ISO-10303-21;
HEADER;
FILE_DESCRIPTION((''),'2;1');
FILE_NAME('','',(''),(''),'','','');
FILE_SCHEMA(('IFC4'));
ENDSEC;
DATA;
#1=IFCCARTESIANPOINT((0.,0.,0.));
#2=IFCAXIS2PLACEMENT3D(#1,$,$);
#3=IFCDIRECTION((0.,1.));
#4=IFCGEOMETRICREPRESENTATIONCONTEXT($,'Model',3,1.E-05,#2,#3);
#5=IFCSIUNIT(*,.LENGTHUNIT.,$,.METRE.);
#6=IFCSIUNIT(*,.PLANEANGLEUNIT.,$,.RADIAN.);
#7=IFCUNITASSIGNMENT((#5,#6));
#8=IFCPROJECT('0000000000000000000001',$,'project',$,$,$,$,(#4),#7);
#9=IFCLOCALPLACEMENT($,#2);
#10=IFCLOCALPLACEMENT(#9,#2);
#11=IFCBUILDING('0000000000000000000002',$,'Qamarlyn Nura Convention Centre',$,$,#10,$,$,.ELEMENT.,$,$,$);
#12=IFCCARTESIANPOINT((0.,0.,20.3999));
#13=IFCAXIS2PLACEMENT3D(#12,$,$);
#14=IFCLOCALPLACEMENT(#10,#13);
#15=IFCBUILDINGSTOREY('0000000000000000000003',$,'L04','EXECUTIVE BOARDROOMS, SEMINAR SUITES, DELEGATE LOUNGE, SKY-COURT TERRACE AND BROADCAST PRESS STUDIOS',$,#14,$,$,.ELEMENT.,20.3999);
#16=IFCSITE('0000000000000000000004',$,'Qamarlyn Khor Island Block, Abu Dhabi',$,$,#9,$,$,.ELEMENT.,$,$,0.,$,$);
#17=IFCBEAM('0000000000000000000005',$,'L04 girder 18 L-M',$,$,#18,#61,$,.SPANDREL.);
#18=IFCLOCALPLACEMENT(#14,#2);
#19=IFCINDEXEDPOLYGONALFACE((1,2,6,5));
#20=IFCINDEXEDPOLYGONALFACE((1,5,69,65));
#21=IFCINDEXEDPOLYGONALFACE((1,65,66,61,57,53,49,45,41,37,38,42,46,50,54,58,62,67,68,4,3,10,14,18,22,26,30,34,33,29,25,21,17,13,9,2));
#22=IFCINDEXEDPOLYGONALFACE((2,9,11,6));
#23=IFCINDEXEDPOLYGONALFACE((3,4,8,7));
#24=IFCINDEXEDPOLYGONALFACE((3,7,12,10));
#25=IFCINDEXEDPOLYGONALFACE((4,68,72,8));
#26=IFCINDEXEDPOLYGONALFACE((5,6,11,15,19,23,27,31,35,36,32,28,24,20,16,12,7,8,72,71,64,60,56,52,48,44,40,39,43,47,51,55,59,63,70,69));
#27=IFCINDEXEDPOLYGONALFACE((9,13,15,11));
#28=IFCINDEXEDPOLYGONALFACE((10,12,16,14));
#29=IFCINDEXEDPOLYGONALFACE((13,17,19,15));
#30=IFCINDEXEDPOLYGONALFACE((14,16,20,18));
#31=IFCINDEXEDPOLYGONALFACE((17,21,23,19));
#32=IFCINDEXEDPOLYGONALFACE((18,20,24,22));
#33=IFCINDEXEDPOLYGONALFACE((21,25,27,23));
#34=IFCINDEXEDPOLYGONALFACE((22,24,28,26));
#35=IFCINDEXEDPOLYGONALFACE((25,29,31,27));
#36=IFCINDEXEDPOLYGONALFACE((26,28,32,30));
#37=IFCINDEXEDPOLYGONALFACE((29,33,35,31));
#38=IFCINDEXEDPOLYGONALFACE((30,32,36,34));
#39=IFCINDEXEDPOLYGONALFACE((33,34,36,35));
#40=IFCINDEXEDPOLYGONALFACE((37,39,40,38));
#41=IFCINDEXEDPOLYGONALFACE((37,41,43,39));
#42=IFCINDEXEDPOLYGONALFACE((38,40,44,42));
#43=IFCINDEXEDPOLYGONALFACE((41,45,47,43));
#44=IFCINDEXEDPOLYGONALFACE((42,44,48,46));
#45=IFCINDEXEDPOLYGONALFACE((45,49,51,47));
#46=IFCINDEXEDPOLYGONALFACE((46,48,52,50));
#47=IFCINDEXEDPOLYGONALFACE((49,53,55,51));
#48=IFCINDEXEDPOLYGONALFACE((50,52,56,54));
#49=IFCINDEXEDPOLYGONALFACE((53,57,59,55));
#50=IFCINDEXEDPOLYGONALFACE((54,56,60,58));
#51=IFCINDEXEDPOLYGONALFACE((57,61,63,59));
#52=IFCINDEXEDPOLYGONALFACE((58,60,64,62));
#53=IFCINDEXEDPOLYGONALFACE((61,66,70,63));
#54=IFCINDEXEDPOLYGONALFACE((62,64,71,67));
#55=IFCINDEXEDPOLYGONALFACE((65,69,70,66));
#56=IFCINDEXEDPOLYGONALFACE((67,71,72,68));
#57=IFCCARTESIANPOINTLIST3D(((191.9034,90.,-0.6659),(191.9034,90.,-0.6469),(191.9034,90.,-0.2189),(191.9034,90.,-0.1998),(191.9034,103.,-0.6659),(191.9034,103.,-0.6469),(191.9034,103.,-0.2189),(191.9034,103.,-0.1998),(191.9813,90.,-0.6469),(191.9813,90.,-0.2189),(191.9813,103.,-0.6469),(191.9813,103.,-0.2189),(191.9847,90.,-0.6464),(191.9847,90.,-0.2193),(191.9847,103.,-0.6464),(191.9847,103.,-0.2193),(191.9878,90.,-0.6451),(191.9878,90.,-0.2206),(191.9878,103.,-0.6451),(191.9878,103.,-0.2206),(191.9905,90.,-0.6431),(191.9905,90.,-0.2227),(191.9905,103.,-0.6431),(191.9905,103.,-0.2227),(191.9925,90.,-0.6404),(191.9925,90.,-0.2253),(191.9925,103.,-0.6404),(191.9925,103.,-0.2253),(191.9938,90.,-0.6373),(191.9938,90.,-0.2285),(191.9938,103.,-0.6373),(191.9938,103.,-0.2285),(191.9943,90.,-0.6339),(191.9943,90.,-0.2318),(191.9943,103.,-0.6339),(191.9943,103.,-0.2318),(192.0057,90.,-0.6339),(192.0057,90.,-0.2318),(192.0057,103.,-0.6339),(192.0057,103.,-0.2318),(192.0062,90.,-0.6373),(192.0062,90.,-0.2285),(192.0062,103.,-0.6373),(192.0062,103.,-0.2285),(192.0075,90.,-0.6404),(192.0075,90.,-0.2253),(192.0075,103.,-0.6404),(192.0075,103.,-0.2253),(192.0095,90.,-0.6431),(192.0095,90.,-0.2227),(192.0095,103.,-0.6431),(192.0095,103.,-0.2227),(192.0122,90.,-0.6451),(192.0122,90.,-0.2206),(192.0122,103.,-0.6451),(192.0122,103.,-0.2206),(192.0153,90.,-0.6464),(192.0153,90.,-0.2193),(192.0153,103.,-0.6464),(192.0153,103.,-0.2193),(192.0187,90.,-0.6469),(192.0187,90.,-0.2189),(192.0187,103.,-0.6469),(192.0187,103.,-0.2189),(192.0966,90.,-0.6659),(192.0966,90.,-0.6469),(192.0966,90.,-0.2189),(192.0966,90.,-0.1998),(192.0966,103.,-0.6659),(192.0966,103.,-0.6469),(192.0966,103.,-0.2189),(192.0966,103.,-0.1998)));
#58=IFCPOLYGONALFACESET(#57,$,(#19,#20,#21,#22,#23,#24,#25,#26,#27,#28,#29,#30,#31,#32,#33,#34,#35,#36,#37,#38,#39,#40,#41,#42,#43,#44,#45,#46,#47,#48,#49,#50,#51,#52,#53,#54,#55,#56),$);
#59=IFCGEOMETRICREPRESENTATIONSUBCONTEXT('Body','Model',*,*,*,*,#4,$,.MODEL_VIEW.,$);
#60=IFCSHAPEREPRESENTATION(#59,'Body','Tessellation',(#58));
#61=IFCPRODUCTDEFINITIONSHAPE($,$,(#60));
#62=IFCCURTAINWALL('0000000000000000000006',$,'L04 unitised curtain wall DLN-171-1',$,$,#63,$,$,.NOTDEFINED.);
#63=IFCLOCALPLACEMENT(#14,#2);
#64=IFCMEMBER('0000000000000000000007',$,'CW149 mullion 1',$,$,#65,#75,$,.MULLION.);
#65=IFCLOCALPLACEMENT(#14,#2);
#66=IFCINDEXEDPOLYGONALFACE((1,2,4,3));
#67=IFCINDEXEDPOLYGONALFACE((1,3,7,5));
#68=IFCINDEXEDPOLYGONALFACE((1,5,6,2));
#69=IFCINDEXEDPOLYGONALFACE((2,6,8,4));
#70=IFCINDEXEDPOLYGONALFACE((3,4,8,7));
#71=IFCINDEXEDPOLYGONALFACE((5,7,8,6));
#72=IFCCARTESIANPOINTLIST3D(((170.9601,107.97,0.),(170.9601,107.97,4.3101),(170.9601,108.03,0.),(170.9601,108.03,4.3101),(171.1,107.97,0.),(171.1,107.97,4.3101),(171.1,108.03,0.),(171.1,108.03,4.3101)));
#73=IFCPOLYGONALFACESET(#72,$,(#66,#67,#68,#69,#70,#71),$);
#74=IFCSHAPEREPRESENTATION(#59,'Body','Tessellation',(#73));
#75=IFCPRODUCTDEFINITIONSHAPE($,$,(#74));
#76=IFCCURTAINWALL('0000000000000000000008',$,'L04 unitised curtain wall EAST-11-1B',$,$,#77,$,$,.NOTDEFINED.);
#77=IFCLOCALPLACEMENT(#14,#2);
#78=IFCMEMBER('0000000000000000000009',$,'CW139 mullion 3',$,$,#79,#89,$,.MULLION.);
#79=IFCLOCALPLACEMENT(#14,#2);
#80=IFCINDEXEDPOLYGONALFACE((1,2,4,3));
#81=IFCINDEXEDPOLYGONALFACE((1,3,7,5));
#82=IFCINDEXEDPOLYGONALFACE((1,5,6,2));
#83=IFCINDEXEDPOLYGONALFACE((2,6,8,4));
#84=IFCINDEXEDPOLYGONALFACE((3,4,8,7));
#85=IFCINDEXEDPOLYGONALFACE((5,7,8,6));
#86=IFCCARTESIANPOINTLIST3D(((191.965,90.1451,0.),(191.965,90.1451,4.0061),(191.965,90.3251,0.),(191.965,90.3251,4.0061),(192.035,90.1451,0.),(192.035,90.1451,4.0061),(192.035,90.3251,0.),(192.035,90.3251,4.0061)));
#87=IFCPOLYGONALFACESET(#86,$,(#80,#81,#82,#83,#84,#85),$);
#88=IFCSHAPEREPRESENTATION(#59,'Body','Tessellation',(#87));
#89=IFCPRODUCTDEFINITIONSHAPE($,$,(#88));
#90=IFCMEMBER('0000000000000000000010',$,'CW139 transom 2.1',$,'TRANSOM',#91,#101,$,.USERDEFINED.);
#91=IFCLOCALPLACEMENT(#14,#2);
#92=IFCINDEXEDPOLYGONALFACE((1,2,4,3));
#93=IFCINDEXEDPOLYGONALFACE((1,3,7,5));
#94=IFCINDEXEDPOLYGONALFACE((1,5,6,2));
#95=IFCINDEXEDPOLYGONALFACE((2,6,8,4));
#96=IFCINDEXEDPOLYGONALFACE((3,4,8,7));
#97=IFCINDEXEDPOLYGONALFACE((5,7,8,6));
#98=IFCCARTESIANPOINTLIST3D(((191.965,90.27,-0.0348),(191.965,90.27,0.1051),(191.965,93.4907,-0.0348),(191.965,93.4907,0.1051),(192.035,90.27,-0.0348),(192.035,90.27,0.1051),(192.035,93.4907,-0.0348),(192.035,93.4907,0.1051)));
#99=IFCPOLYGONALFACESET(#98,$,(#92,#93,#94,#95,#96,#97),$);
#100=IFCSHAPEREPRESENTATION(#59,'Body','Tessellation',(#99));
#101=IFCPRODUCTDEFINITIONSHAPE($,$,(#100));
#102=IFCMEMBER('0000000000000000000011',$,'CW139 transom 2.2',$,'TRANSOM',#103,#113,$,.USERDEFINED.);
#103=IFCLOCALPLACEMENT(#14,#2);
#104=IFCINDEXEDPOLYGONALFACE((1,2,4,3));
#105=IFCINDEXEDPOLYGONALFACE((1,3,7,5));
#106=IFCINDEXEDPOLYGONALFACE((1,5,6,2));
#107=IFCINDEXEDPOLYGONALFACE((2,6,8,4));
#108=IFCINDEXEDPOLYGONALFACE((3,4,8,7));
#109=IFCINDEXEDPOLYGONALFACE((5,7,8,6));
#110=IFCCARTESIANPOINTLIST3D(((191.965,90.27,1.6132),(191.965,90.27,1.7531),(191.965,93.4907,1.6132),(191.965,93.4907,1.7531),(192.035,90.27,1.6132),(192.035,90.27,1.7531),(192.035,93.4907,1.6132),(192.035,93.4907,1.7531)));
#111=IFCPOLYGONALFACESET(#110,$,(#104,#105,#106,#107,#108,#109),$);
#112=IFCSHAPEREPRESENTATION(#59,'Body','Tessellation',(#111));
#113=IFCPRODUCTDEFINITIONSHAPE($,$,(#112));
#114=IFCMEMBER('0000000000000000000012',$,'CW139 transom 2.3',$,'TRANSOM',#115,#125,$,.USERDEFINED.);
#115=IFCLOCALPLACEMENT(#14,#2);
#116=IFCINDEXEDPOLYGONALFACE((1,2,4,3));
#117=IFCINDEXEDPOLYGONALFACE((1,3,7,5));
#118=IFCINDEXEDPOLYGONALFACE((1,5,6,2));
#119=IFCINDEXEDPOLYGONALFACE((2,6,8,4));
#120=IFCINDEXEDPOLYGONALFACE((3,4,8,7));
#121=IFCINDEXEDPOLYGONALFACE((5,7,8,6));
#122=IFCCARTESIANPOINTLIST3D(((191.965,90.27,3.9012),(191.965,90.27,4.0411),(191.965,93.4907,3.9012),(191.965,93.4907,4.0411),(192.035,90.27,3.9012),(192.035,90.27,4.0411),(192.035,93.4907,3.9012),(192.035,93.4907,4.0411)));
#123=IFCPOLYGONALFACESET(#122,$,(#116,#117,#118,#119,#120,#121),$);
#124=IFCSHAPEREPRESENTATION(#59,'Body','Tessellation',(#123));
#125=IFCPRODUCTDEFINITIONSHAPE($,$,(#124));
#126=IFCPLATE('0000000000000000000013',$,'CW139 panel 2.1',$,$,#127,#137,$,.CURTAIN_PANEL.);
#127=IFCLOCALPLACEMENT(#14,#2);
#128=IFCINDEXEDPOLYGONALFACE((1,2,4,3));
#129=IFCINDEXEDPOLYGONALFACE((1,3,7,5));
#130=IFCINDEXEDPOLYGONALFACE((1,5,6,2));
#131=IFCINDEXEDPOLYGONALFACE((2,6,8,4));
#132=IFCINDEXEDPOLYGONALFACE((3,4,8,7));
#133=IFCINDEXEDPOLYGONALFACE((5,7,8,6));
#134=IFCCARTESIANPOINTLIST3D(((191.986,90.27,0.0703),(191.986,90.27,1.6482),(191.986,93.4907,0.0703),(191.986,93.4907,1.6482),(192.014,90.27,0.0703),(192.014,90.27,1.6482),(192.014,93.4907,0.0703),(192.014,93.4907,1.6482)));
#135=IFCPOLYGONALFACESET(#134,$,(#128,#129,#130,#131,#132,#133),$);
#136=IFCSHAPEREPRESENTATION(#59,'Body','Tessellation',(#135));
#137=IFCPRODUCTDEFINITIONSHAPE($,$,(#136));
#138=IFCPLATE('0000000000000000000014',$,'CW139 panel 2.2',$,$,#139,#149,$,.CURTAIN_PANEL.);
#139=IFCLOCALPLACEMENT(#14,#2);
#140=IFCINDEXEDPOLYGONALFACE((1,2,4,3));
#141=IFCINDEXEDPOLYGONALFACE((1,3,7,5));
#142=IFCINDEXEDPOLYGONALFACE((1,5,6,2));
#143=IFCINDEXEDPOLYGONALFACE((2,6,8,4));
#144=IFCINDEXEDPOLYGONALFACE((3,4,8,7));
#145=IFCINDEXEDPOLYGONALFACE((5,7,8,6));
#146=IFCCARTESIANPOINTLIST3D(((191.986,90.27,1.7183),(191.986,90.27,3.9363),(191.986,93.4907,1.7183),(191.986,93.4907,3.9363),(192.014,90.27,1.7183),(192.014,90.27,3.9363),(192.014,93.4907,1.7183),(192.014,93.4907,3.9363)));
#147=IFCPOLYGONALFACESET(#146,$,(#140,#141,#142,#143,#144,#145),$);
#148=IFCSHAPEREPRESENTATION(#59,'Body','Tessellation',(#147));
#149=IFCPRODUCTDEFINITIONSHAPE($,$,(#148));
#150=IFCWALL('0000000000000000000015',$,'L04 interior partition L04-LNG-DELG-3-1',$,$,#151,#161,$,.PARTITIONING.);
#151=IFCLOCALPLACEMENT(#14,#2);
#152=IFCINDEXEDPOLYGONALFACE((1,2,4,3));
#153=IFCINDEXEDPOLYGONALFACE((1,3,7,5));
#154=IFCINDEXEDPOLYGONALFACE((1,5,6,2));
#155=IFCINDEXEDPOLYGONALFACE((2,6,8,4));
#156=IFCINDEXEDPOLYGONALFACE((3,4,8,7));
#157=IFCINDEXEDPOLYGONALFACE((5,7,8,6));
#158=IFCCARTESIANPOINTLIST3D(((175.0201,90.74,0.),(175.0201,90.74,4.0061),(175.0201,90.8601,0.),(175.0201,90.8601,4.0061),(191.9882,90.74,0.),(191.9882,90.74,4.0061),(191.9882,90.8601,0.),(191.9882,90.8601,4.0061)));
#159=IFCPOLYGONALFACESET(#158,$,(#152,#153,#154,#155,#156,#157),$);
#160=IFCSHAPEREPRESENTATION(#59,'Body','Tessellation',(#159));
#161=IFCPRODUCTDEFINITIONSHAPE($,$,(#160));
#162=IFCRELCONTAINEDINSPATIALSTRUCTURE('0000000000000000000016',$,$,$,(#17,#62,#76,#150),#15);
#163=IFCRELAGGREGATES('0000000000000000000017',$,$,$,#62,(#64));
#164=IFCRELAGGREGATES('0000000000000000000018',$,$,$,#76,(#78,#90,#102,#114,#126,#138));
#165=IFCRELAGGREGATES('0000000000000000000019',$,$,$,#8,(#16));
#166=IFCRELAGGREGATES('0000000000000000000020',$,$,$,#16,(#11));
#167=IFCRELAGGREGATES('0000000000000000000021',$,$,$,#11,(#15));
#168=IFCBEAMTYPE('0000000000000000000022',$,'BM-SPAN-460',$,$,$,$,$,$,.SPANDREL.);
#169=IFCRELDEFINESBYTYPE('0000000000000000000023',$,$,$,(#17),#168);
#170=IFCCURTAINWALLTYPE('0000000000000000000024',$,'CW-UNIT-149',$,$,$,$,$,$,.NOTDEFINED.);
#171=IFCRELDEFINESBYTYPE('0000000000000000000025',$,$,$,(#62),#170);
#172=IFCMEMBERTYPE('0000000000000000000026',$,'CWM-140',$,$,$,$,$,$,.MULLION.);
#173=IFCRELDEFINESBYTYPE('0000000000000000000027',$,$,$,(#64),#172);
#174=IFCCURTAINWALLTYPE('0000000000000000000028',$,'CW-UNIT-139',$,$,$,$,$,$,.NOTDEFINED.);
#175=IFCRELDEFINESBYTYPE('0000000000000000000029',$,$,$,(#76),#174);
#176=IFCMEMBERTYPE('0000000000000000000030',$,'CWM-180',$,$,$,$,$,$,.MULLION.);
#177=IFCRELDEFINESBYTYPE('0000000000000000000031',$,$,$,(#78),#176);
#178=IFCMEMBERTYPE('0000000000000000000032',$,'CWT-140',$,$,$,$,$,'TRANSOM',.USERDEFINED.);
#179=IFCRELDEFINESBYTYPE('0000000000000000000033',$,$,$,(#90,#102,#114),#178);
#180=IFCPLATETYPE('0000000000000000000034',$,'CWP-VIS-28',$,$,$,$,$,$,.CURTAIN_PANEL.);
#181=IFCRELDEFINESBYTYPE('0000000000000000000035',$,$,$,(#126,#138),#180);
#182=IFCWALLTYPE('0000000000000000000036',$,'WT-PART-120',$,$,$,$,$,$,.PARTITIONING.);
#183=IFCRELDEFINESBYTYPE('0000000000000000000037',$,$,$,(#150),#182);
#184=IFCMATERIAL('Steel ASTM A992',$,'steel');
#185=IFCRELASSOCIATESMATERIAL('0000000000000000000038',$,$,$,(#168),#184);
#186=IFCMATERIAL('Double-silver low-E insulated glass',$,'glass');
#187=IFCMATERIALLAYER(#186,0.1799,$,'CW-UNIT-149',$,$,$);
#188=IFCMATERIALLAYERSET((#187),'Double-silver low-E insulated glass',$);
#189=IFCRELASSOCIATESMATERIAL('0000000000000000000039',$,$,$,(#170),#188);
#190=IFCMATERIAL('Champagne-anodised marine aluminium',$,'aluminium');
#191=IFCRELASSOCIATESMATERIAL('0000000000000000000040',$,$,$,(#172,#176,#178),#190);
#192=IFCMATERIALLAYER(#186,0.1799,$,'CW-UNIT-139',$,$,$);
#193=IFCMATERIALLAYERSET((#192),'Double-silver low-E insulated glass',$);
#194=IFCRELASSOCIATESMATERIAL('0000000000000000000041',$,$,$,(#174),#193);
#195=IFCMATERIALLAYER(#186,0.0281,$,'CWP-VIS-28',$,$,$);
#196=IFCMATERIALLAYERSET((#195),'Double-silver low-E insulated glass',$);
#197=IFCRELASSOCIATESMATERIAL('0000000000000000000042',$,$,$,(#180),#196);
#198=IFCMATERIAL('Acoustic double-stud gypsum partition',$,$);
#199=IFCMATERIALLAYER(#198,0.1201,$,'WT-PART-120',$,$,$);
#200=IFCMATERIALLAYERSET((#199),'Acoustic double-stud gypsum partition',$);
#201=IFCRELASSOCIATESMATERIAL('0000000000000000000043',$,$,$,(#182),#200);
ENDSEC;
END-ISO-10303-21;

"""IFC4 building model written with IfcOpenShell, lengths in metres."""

from ifc_helpers import new_model, si_unit, direction, frame, frame_2d, origin, origin_2d, place, context, subcontext, project, spatial, rectangle, i_section, extrude, material, layer, layer_set, material_profile, profile_set, type_object, element, aggregate, save


model = new_model("IFC4")

# Units and contexts
model_context = context("Model", 3, precision=1e-05, world=origin(), true_north=direction((0.0, 1.0)))
body_context = subcontext(model_context, "Body", "Model", "MODEL_VIEW")
ifc_project = project(units=[si_unit("LENGTHUNIT", "METRE"), si_unit("PLANEANGLEUNIT", "RADIAN")], contexts=[model_context])

# Site, building, storey
site_placement = place(None, origin())
site = spatial("IfcSite", under=ifc_project, at=site_placement, Name="Qamarlyn Khor Island Block, Abu Dhabi", CompositionType="ELEMENT", RefElevation=0.0)
building_placement = place(site_placement, origin())
building = spatial("IfcBuilding", under=site, at=building_placement, Name="Qamarlyn Nura Convention Centre", CompositionType="ELEMENT")
storey_placement = place(building_placement, frame((0.0, 0.0, 20.3999)))
storey = spatial("IfcBuildingStorey", under=building, at=storey_placement, Name="L04", Description="EXECUTIVE BOARDROOMS, SEMINAR SUITES, DELEGATE LOUNGE, SKY-COURT TERRACE AND BROADCAST PRESS STUDIOS", CompositionType="ELEMENT", Elevation=20.3999)

# Shared definitions
ifc_material_1 = material(Name="Steel ASTM A992", Category="steel")

# Beam
ifc_material_profile_1 = material_profile(ifc_material_1, i_section(OverallWidth=0.1931, OverallDepth=0.4661, WebThickness=0.0115, FlangeThickness=0.019, FilletRadius=0.0129, at=origin_2d()), Name="W460X97")
ifc_profile_set_1 = profile_set([ifc_material_profile_1], Name="Steel ASTM A992")
beam_type_1 = type_object("IfcBeamType", Name="BM-SPAN-460", PredefinedType="SPANDREL", material=ifc_profile_set_1)
beam_1_placement = place(storey_placement, frame((192.0, 90.0, -0.4329), z_axis=(0.0, 1.0, 0.0), x_axis=(-1.0, 0.0, 0.0)))
element("IfcBeam", 1, at=beam_1_placement, inside=storey, type_object=beam_type_1, Name="L04 girder 18 L-M", PredefinedType="SPANDREL", context=body_context, shape_type="SweptSolid", body=[
    extrude(i_section(OverallWidth=0.1931, OverallDepth=0.4661, WebThickness=0.0115, FlangeThickness=0.019, FilletRadius=0.0129, at=origin_2d()), origin(), (0.0, 0.0, 1.0), 13.0),
])

# Curtain wall, member
ifc_material_2 = material(Name="Double-silver low-E insulated glass", Category="glass")
ifc_layer_1 = layer(ifc_material_2, 0.1799, Name="CW-UNIT-149")
ifc_layer_set_1 = layer_set([ifc_layer_1], Name="Double-silver low-E insulated glass")
curtain_wall_type_1 = type_object("IfcCurtainWallType", Name="CW-UNIT-149", PredefinedType="NOTDEFINED", material=ifc_layer_set_1)
curtain_wall_1_placement = place(storey_placement, origin())
curtain_wall_1 = element("IfcCurtainWall", 2, at=curtain_wall_1_placement, inside=storey, type_object=curtain_wall_type_1, Name="L04 unitised curtain wall DLN-171-1", PredefinedType="NOTDEFINED")
ifc_material_3 = material(Name="Champagne-anodised marine aluminium", Category="aluminium")
ifc_material_profile_2 = material_profile(ifc_material_3, rectangle(XDim=0.0601, YDim=0.1399, at=origin_2d()), Name="ALU MULLION 60x140")
ifc_profile_set_2 = profile_set([ifc_material_profile_2], Name="Champagne-anodised marine aluminium")
member_type_1 = type_object("IfcMemberType", Name="CWM-140", PredefinedType="MULLION", material=ifc_profile_set_2)
member_1_placement = place(storey_placement, frame((171.03, 108.0, 0.0), z_axis=(0.0, 0.0, 1.0), x_axis=(0.0, 1.0, 0.0)))
member_1 = element("IfcMember", 3, at=member_1_placement, type_object=member_type_1, Name="CW149 mullion 1", PredefinedType="MULLION", context=body_context, shape_type="SweptSolid", body=[
    extrude(rectangle(XDim=0.0601, YDim=0.1399, at=origin_2d()), origin(), (0.0, 0.0, 1.0), 4.3101),
])
aggregate(curtain_wall_1, [member_1])

# Curtain wall, members, plates
ifc_layer_2 = layer(ifc_material_2, 0.1799, Name="CW-UNIT-139")
ifc_layer_set_2 = layer_set([ifc_layer_2], Name="Double-silver low-E insulated glass")
curtain_wall_type_2 = type_object("IfcCurtainWallType", Name="CW-UNIT-139", PredefinedType="NOTDEFINED", material=ifc_layer_set_2)
curtain_wall_2_placement = place(storey_placement, origin())
curtain_wall_2 = element("IfcCurtainWall", 4, at=curtain_wall_2_placement, inside=storey, type_object=curtain_wall_type_2, Name="L04 unitised curtain wall EAST-11-1B", PredefinedType="NOTDEFINED")
ifc_material_profile_3 = material_profile(ifc_material_3, rectangle(XDim=0.0701, YDim=0.1799, at=origin_2d()), Name="ALU MULLION 70x180")
ifc_profile_set_3 = profile_set([ifc_material_profile_3], Name="Champagne-anodised marine aluminium")
member_type_2 = type_object("IfcMemberType", Name="CWM-180", PredefinedType="MULLION", material=ifc_profile_set_3)
member_2_placement = place(storey_placement, frame((192.0, 90.2351, 0.0), z_axis=(0.0, 0.0, 1.0), x_axis=(1.0, 0.0, 0.0)))
member_2 = element("IfcMember", 5, at=member_2_placement, type_object=member_type_2, Name="CW139 mullion 3", PredefinedType="MULLION", context=body_context, shape_type="SweptSolid", body=[
    extrude(rectangle(XDim=0.0701, YDim=0.1799, at=origin_2d()), origin(), (0.0, 0.0, 1.0), 4.0061),
])
ifc_material_profile_4 = material_profile(ifc_material_3, rectangle(XDim=0.0701, YDim=0.1399, at=origin_2d()), Name="ALU TRANSOM 70x140")
ifc_profile_set_4 = profile_set([ifc_material_profile_4], Name="Champagne-anodised marine aluminium")
member_type_3 = type_object("IfcMemberType", Name="CWT-140", ElementType="TRANSOM", PredefinedType="USERDEFINED", material=ifc_profile_set_4)
member_3_placement = place(storey_placement, frame((192.0, 93.4907, 0.0352), z_axis=(0.0, -1.0, 0.0), x_axis=(1.0, 0.0, 0.0)))
member_3 = element("IfcMember", 6, at=member_3_placement, type_object=member_type_3, Name="CW139 transom 2.1", ObjectType="TRANSOM", PredefinedType="USERDEFINED", context=body_context, shape_type="SweptSolid", body=[
    extrude(rectangle(XDim=0.0701, YDim=0.1399, at=origin_2d()), origin(), (0.0, 0.0, 1.0), 3.2207),
])
member_4_placement = place(storey_placement, frame((192.0, 93.4907, 1.6831), z_axis=(0.0, -1.0, 0.0), x_axis=(1.0, 0.0, 0.0)))
member_4 = element("IfcMember", 7, at=member_4_placement, type_object=member_type_3, Name="CW139 transom 2.2", ObjectType="TRANSOM", PredefinedType="USERDEFINED", context=body_context, shape_type="SweptSolid", body=[
    extrude(rectangle(XDim=0.0701, YDim=0.1399, at=origin_2d()), origin(), (0.0, 0.0, 1.0), 3.2207),
])
member_5_placement = place(storey_placement, frame((192.0, 93.4907, 3.9712), z_axis=(0.0, -1.0, 0.0), x_axis=(1.0, 0.0, 0.0)))
member_5 = element("IfcMember", 8, at=member_5_placement, type_object=member_type_3, Name="CW139 transom 2.3", ObjectType="TRANSOM", PredefinedType="USERDEFINED", context=body_context, shape_type="SweptSolid", body=[
    extrude(rectangle(XDim=0.0701, YDim=0.1399, at=origin_2d()), origin(), (0.0, 0.0, 1.0), 3.2207),
])
ifc_layer_3 = layer(ifc_material_2, 0.0281, Name="CWP-VIS-28")
ifc_layer_set_3 = layer_set([ifc_layer_3], Name="Double-silver low-E insulated glass")
plate_type = type_object("IfcPlateType", Name="CWP-VIS-28", PredefinedType="CURTAIN_PANEL", material=ifc_layer_set_3)
plate_1_placement = place(storey_placement, frame((192.0, 91.8804, 0.0703), z_axis=(0.0, 0.0, 1.0), x_axis=(0.0, -1.0, 0.0)))
plate_1 = element("IfcPlate", 9, at=plate_1_placement, type_object=plate_type, Name="CW139 panel 2.1", PredefinedType="CURTAIN_PANEL", context=body_context, shape_type="SweptSolid", body=[
    extrude(rectangle(XDim=3.2207, YDim=0.0281, at=origin_2d()), origin(), (0.0, 0.0, 1.0), 1.5779),
])
plate_2_placement = place(storey_placement, frame((192.0, 91.8804, 1.7183), z_axis=(0.0, 0.0, 1.0), x_axis=(0.0, -1.0, 0.0)))
plate_2 = element("IfcPlate", 10, at=plate_2_placement, type_object=plate_type, Name="CW139 panel 2.2", PredefinedType="CURTAIN_PANEL", context=body_context, shape_type="SweptSolid", body=[
    extrude(rectangle(XDim=3.2207, YDim=0.0281, at=origin_2d()), origin(), (0.0, 0.0, 1.0), 2.218),
])
aggregate(curtain_wall_2, [member_2, member_3, member_4, member_5, plate_1, plate_2])

# Wall
ifc_material_4 = material(Name="Acoustic double-stud gypsum partition")
ifc_layer_4 = layer(ifc_material_4, 0.1201, Name="WT-PART-120")
ifc_layer_set_4 = layer_set([ifc_layer_4], Name="Acoustic double-stud gypsum partition")
wall_type_1 = type_object("IfcWallType", Name="WT-PART-120", PredefinedType="PARTITIONING", material=ifc_layer_set_4)
wall_1_placement = place(storey_placement, frame((191.988, 90.8, 0.0), z_axis=(0.0, 0.0, 1.0), x_axis=(-1.0, 0.0, 0.0)))
element("IfcWall", 11, at=wall_1_placement, inside=storey, type_object=wall_type_1, Name="L04 interior partition L04-LNG-DELG-3-1", PredefinedType="PARTITIONING", context=body_context, shape_type="SweptSolid", body=[
    extrude(rectangle(XDim=16.968, YDim=0.1201, at=frame_2d((8.4839, 0.0))), origin(), (0.0, 0.0, 1.0), 4.0061),
])

save(model, "model.ifc")
